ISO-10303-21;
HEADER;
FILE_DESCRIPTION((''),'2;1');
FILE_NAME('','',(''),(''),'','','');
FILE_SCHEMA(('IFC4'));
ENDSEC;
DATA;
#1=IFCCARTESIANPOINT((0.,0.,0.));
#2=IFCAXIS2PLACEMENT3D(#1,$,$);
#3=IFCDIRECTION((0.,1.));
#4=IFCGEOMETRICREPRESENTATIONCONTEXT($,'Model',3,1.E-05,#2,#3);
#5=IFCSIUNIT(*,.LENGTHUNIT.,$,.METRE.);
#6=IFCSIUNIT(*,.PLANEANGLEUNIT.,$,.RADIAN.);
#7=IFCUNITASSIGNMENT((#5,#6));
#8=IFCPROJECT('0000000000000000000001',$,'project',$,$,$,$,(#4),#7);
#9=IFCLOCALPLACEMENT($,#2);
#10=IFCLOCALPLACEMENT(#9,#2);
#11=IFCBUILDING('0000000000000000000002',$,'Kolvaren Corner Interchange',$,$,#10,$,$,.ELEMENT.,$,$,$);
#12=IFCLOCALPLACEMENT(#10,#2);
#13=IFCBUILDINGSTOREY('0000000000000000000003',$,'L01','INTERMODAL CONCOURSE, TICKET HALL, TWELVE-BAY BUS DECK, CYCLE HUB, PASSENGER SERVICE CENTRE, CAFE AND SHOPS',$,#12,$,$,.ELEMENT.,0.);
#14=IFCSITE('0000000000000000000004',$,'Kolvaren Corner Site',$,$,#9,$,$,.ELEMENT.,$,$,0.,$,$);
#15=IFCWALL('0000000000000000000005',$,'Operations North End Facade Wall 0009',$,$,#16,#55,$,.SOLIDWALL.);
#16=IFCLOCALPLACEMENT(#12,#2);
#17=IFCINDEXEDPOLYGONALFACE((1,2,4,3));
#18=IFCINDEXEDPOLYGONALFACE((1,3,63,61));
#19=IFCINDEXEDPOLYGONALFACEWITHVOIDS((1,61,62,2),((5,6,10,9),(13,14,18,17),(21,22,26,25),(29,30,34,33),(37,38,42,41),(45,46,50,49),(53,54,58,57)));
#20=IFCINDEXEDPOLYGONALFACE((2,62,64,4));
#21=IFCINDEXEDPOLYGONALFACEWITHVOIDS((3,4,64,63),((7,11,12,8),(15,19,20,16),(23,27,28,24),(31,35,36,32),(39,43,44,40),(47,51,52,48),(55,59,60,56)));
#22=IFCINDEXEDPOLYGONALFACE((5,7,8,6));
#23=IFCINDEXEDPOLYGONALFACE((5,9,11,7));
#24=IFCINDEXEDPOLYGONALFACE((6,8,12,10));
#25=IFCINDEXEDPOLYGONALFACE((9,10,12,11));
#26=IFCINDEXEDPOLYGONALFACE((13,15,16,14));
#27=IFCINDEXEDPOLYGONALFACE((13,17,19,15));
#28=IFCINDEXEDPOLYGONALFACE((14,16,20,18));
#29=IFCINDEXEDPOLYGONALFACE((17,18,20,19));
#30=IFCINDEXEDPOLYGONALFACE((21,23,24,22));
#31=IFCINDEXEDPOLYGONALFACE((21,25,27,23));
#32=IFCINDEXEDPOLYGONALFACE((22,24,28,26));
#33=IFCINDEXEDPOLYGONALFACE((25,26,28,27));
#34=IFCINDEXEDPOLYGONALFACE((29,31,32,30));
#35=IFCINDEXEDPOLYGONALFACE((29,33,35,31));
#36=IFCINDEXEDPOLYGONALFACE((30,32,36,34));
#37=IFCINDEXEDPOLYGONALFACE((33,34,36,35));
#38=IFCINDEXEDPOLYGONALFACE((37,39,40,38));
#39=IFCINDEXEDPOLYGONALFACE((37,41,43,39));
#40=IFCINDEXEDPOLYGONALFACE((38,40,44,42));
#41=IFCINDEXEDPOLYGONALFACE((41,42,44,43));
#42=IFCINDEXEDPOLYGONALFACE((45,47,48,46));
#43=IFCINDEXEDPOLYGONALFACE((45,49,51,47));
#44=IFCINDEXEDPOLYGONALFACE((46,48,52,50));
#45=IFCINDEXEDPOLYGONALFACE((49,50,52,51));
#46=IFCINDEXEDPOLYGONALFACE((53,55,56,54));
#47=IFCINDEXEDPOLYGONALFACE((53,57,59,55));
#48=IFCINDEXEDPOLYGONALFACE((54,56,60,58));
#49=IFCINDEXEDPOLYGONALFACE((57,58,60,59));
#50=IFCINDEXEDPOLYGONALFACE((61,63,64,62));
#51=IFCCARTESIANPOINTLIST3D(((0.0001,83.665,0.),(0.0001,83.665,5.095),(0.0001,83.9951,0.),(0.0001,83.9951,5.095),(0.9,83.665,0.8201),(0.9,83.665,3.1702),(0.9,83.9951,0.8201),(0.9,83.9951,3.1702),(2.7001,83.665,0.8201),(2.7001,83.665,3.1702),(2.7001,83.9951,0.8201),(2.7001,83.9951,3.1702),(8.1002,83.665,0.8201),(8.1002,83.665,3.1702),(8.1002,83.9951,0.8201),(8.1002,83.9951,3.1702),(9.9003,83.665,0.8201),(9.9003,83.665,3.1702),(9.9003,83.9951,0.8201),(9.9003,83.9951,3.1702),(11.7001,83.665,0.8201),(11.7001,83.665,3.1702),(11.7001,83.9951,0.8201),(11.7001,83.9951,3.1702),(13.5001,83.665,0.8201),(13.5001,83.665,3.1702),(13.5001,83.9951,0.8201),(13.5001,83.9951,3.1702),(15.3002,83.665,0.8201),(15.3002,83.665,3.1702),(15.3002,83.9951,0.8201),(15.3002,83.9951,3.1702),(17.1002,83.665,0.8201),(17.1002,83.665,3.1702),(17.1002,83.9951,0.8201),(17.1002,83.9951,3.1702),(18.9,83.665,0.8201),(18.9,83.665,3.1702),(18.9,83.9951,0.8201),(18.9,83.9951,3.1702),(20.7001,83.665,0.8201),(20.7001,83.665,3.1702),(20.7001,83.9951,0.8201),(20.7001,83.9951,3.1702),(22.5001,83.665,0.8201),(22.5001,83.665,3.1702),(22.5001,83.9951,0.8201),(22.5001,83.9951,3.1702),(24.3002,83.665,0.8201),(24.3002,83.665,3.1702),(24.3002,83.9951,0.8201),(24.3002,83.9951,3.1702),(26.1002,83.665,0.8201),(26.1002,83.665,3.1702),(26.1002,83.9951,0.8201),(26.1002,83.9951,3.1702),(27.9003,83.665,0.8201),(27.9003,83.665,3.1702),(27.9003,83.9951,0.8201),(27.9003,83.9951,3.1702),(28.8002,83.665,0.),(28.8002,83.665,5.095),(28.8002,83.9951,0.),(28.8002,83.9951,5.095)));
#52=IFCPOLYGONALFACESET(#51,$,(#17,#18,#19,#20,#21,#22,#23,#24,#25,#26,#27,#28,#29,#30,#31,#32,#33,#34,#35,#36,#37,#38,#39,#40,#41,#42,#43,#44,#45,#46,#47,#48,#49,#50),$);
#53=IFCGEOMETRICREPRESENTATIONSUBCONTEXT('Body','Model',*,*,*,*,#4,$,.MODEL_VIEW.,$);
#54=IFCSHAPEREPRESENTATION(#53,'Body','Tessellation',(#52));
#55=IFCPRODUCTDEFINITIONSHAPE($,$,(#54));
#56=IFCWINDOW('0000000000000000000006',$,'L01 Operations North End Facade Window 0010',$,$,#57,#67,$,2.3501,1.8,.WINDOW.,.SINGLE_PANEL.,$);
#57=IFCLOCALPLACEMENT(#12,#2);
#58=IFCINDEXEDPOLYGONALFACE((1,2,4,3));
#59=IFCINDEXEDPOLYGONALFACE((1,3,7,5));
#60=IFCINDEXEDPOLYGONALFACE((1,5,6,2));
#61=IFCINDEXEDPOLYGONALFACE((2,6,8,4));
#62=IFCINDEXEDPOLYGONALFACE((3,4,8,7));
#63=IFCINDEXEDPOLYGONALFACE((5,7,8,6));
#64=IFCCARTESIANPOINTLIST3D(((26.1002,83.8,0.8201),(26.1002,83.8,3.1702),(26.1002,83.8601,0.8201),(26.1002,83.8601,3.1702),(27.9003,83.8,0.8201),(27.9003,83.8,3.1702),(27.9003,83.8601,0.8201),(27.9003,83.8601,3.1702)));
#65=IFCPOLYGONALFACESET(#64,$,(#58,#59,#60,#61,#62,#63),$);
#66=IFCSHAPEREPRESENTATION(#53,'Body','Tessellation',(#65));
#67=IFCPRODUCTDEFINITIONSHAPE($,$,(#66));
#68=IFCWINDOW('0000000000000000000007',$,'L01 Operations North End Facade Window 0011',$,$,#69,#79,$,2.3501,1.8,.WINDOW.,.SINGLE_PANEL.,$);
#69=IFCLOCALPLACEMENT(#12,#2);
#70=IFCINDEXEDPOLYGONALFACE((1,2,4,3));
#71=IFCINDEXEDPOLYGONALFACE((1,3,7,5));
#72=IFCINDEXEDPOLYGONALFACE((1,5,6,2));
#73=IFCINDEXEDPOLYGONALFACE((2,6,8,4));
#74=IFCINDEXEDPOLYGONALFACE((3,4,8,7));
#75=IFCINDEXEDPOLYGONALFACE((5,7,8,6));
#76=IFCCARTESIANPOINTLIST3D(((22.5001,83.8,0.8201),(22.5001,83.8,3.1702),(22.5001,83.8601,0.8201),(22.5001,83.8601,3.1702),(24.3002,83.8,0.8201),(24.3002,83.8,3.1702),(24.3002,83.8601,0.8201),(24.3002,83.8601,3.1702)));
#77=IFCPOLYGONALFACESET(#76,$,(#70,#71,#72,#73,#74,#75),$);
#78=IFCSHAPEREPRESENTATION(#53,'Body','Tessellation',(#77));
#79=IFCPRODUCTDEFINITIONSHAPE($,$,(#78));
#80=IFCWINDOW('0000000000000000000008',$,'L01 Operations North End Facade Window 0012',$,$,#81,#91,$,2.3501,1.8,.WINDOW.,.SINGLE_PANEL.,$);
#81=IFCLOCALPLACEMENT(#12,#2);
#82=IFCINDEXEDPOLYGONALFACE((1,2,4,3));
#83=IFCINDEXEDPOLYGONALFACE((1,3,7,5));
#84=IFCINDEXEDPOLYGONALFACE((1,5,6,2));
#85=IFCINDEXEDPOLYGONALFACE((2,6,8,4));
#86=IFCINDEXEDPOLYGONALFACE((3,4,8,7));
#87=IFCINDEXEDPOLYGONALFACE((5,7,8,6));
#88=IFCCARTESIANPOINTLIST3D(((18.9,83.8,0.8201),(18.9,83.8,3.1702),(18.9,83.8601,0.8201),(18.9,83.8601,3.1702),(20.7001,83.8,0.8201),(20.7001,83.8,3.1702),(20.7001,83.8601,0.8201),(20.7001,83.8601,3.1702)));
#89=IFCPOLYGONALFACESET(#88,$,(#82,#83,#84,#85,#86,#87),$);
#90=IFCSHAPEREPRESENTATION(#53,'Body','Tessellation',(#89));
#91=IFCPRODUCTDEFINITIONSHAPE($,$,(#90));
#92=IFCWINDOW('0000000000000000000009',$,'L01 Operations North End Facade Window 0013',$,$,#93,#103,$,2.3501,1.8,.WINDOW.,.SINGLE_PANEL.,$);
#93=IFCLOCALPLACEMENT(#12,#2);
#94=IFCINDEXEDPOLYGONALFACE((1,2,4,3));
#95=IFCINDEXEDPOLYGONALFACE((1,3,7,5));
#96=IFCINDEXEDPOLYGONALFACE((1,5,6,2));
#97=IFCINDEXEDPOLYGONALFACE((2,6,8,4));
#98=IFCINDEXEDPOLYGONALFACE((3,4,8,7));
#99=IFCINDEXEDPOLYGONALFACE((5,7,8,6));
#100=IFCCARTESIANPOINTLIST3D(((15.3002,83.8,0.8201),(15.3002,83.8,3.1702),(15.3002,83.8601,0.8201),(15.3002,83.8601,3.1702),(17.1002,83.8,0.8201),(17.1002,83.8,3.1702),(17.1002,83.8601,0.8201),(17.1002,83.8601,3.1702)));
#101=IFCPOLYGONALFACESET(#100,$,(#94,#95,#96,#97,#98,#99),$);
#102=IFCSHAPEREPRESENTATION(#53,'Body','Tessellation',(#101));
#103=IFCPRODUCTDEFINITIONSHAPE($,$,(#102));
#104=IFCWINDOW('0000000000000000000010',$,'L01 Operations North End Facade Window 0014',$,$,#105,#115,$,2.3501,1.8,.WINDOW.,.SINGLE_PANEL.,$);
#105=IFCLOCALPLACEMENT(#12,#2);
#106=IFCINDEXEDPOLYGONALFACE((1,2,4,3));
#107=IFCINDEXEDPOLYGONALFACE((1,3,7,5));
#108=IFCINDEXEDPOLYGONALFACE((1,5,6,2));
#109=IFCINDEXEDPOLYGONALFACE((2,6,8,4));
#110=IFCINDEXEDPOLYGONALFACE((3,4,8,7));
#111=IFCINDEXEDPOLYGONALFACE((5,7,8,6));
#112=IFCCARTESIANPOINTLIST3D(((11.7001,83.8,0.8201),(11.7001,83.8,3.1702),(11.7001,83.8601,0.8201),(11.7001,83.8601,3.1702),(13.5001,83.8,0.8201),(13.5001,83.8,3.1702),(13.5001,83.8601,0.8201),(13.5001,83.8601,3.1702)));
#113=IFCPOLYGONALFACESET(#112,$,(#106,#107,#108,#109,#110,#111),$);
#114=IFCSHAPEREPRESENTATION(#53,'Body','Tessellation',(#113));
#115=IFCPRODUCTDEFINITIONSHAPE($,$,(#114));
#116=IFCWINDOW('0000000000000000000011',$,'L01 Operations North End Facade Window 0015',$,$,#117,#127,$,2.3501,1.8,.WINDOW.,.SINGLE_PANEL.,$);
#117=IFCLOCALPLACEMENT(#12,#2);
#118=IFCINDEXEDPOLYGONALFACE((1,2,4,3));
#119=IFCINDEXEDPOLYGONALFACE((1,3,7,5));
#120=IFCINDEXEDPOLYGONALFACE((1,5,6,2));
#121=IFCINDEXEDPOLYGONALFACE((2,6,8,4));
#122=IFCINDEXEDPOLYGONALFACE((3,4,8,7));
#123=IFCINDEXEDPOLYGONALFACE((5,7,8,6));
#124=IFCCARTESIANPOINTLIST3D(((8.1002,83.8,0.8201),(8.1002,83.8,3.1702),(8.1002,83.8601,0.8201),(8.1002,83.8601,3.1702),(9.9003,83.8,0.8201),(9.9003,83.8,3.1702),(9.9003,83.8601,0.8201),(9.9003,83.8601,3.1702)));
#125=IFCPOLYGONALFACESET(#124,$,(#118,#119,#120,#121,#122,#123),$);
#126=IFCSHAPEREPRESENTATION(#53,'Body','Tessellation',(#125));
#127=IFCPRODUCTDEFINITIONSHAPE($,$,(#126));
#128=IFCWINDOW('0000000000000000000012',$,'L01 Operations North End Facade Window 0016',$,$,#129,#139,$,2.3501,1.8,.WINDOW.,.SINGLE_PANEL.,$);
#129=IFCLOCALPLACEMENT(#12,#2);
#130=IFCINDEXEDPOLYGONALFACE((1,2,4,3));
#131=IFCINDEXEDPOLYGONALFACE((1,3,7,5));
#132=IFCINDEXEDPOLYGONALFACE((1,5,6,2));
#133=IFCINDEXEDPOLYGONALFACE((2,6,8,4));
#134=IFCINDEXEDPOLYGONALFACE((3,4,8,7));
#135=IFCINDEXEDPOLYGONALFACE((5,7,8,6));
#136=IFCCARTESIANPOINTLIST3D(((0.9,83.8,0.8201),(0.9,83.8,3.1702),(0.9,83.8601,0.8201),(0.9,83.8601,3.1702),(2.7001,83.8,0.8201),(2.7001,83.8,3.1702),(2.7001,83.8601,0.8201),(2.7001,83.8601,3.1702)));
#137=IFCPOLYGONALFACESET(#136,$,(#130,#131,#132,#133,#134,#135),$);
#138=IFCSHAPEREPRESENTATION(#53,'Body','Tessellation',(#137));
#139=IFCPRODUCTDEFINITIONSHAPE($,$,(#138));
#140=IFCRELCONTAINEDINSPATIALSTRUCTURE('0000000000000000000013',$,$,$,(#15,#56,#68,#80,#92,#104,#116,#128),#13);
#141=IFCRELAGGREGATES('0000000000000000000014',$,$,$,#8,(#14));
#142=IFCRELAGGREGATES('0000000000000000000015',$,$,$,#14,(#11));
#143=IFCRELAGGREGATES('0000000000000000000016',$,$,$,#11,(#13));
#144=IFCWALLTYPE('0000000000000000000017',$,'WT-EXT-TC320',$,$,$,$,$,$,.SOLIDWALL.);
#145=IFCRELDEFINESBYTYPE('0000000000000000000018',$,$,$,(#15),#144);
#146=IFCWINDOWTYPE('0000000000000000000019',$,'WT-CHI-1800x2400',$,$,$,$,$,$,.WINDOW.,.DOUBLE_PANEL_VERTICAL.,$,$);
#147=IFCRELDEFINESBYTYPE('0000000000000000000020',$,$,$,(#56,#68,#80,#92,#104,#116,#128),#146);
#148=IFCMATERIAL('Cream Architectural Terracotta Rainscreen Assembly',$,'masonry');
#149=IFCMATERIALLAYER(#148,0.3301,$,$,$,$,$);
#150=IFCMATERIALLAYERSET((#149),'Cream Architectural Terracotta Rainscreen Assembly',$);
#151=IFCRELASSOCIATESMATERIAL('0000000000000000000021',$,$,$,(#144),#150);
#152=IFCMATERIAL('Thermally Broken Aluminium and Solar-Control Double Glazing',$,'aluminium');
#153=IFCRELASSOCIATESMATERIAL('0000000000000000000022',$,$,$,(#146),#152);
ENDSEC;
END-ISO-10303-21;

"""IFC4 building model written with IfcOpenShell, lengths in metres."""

from ifc_helpers import new_model, si_unit, direction, frame, frame_2d, origin, place, context, subcontext, project, spatial, rectangle, extrude, material, layer, layer_set, type_object, element, fill, save


model = new_model("IFC4")

# Units and contexts
model_context = context("Model", 3, precision=1e-05, world=origin(), true_north=direction((0.0, 1.0)))
body_context = subcontext(model_context, "Body", "Model", "MODEL_VIEW")
ifc_project = project(units=[si_unit("LENGTHUNIT", "METRE"), si_unit("PLANEANGLEUNIT", "RADIAN")], contexts=[model_context])

# Site, building, storey
site_placement = place(None, origin())
site = spatial("IfcSite", under=ifc_project, at=site_placement, Name="Kolvaren Corner Site", CompositionType="ELEMENT", RefElevation=0.0)
building_placement = place(site_placement, origin())
building = spatial("IfcBuilding", under=site, at=building_placement, Name="Kolvaren Corner Interchange", CompositionType="ELEMENT")
storey_placement = place(building_placement, origin())
storey = spatial("IfcBuildingStorey", under=building, at=storey_placement, Name="L01", Description="INTERMODAL CONCOURSE, TICKET HALL, TWELVE-BAY BUS DECK, CYCLE HUB, PASSENGER SERVICE CENTRE, CAFE AND SHOPS", CompositionType="ELEMENT", Elevation=0.0)

# Wall, openings, windows
ifc_material_1 = material(Name="Cream Architectural Terracotta Rainscreen Assembly", Category="masonry")
ifc_layer_1 = layer(ifc_material_1, 0.3301)
ifc_layer_set_1 = layer_set([ifc_layer_1], Name="Cream Architectural Terracotta Rainscreen Assembly")
wall_type = type_object("IfcWallType", Name="WT-EXT-TC320", PredefinedType="SOLIDWALL", material=ifc_layer_set_1)
wall_placement = place(storey_placement, frame((28.8, 83.8301, 0.0), z_axis=(0.0, 0.0, 1.0), x_axis=(-1.0, 0.0, 0.0)))
wall = element("IfcWall", 1, at=wall_placement, inside=storey, type_object=wall_type, Name="Operations North End Facade Wall 0009", PredefinedType="SOLIDWALL", context=body_context, shape_type="SweptSolid", body=[
    extrude(rectangle(XDim=28.8, YDim=0.3301, at=frame_2d((14.3999, 0.0))), origin(), (0.0, 0.0, 1.0), 5.095),
])
opening_1_placement = place(wall_placement, frame((0.8999, 0.0, 0.8201)))
opening_1 = element("IfcOpeningElement", 2, at=opening_1_placement, cuts=wall, PredefinedType="OPENING", context=body_context, shape_type="SweptSolid", body=[
    extrude(rectangle(XDim=1.8, YDim=2.3501, at=frame_2d((0.8999, 1.175))), frame((0.0, 0.175, 0.0), z_axis=(0.0, -1.0, 0.0), x_axis=(1.0, 0.0, 0.0)), (0.0, 0.0, 1.0), 0.3501),
])
opening_2_placement = place(wall_placement, frame((4.5, 0.0, 0.8201)))
opening_2 = element("IfcOpeningElement", 3, at=opening_2_placement, cuts=wall, PredefinedType="OPENING", context=body_context, shape_type="SweptSolid", body=[
    extrude(rectangle(XDim=1.8, YDim=2.3501, at=frame_2d((0.8999, 1.175))), frame((0.0, 0.175, 0.0), z_axis=(0.0, -1.0, 0.0), x_axis=(1.0, 0.0, 0.0)), (0.0, 0.0, 1.0), 0.3501),
])
opening_3_placement = place(wall_placement, frame((8.1001, 0.0, 0.8201)))
opening_3 = element("IfcOpeningElement", 4, at=opening_3_placement, cuts=wall, PredefinedType="OPENING", context=body_context, shape_type="SweptSolid", body=[
    extrude(rectangle(XDim=1.8, YDim=2.3501, at=frame_2d((0.8999, 1.175))), frame((0.0, 0.175, 0.0), z_axis=(0.0, -1.0, 0.0), x_axis=(1.0, 0.0, 0.0)), (0.0, 0.0, 1.0), 0.3501),
])
opening_4_placement = place(wall_placement, frame((11.7, 0.0, 0.8201)))
opening_4 = element("IfcOpeningElement", 5, at=opening_4_placement, cuts=wall, PredefinedType="OPENING", context=body_context, shape_type="SweptSolid", body=[
    extrude(rectangle(XDim=1.8, YDim=2.3501, at=frame_2d((0.8999, 1.175))), frame((0.0, 0.175, 0.0), z_axis=(0.0, -1.0, 0.0), x_axis=(1.0, 0.0, 0.0)), (0.0, 0.0, 1.0), 0.3501),
])
opening_5_placement = place(wall_placement, frame((15.3, 0.0, 0.8201)))
opening_5 = element("IfcOpeningElement", 6, at=opening_5_placement, cuts=wall, PredefinedType="OPENING", context=body_context, shape_type="SweptSolid", body=[
    extrude(rectangle(XDim=1.8, YDim=2.3501, at=frame_2d((0.8999, 1.175))), frame((0.0, 0.175, 0.0), z_axis=(0.0, -1.0, 0.0), x_axis=(1.0, 0.0, 0.0)), (0.0, 0.0, 1.0), 0.3501),
])
opening_6_placement = place(wall_placement, frame((18.8999, 0.0, 0.8201)))
opening_6 = element("IfcOpeningElement", 7, at=opening_6_placement, cuts=wall, PredefinedType="OPENING", context=body_context, shape_type="SweptSolid", body=[
    extrude(rectangle(XDim=1.8, YDim=2.3501, at=frame_2d((0.8999, 1.175))), frame((0.0, 0.175, 0.0), z_axis=(0.0, -1.0, 0.0), x_axis=(1.0, 0.0, 0.0)), (0.0, 0.0, 1.0), 0.3501),
])
opening_7_placement = place(wall_placement, frame((26.1001, 0.0, 0.8201)))
opening_7 = element("IfcOpeningElement", 8, at=opening_7_placement, cuts=wall, PredefinedType="OPENING", context=body_context, shape_type="SweptSolid", body=[
    extrude(rectangle(XDim=1.8, YDim=2.3501, at=frame_2d((0.8999, 1.175))), frame((0.0, 0.175, 0.0), z_axis=(0.0, -1.0, 0.0), x_axis=(1.0, 0.0, 0.0)), (0.0, 0.0, 1.0), 0.3501),
])
ifc_material_2 = material(Name="Thermally Broken Aluminium and Solar-Control Double Glazing", Category="aluminium")
window_type = type_object("IfcWindowType", Name="WT-CHI-1800x2400", PartitioningType="DOUBLE_PANEL_VERTICAL", PredefinedType="WINDOW", material=ifc_material_2)
window_1_placement = place(opening_1_placement, origin())
window_1 = element("IfcWindow", 9, at=window_1_placement, inside=storey, type_object=window_type, Name="L01 Operations North End Facade Window 0010", OverallHeight=2.3501, OverallWidth=1.8, PartitioningType="SINGLE_PANEL", PredefinedType="WINDOW", context=body_context, shape_type="SweptSolid", body=[
    extrude(rectangle(XDim=1.8, YDim=2.3501, at=frame_2d((0.8999, 1.175))), frame((0.0, 0.03, 0.0), z_axis=(0.0, -1.0, 0.0), x_axis=(1.0, 0.0, 0.0)), (0.0, 0.0, 1.0), 0.0601),
])
fill(opening_1, window_1)
window_2_placement = place(opening_2_placement, origin())
window_2 = element("IfcWindow", 10, at=window_2_placement, inside=storey, type_object=window_type, Name="L01 Operations North End Facade Window 0011", OverallHeight=2.3501, OverallWidth=1.8, PartitioningType="SINGLE_PANEL", PredefinedType="WINDOW", context=body_context, shape_type="SweptSolid", body=[
    extrude(rectangle(XDim=1.8, YDim=2.3501, at=frame_2d((0.8999, 1.175))), frame((0.0, 0.03, 0.0), z_axis=(0.0, -1.0, 0.0), x_axis=(1.0, 0.0, 0.0)), (0.0, 0.0, 1.0), 0.0601),
])
fill(opening_2, window_2)
window_3_placement = place(opening_3_placement, origin())
window_3 = element("IfcWindow", 11, at=window_3_placement, inside=storey, type_object=window_type, Name="L01 Operations North End Facade Window 0012", OverallHeight=2.3501, OverallWidth=1.8, PartitioningType="SINGLE_PANEL", PredefinedType="WINDOW", context=body_context, shape_type="SweptSolid", body=[
    extrude(rectangle(XDim=1.8, YDim=2.3501, at=frame_2d((0.8999, 1.175))), frame((0.0, 0.03, 0.0), z_axis=(0.0, -1.0, 0.0), x_axis=(1.0, 0.0, 0.0)), (0.0, 0.0, 1.0), 0.0601),
])
fill(opening_3, window_3)
window_4_placement = place(opening_4_placement, origin())
window_4 = element("IfcWindow", 12, at=window_4_placement, inside=storey, type_object=window_type, Name="L01 Operations North End Facade Window 0013", OverallHeight=2.3501, OverallWidth=1.8, PartitioningType="SINGLE_PANEL", PredefinedType="WINDOW", context=body_context, shape_type="SweptSolid", body=[
    extrude(rectangle(XDim=1.8, YDim=2.3501, at=frame_2d((0.8999, 1.175))), frame((0.0, 0.03, 0.0), z_axis=(0.0, -1.0, 0.0), x_axis=(1.0, 0.0, 0.0)), (0.0, 0.0, 1.0), 0.0601),
])
fill(opening_4, window_4)
window_5_placement = place(opening_5_placement, origin())
window_5 = element("IfcWindow", 13, at=window_5_placement, inside=storey, type_object=window_type, Name="L01 Operations North End Facade Window 0014", OverallHeight=2.3501, OverallWidth=1.8, PartitioningType="SINGLE_PANEL", PredefinedType="WINDOW", context=body_context, shape_type="SweptSolid", body=[
    extrude(rectangle(XDim=1.8, YDim=2.3501, at=frame_2d((0.8999, 1.175))), frame((0.0, 0.03, 0.0), z_axis=(0.0, -1.0, 0.0), x_axis=(1.0, 0.0, 0.0)), (0.0, 0.0, 1.0), 0.0601),
])
fill(opening_5, window_5)
window_6_placement = place(opening_6_placement, origin())
window_6 = element("IfcWindow", 14, at=window_6_placement, inside=storey, type_object=window_type, Name="L01 Operations North End Facade Window 0015", OverallHeight=2.3501, OverallWidth=1.8, PartitioningType="SINGLE_PANEL", PredefinedType="WINDOW", context=body_context, shape_type="SweptSolid", body=[
    extrude(rectangle(XDim=1.8, YDim=2.3501, at=frame_2d((0.8999, 1.175))), frame((0.0, 0.03, 0.0), z_axis=(0.0, -1.0, 0.0), x_axis=(1.0, 0.0, 0.0)), (0.0, 0.0, 1.0), 0.0601),
])
fill(opening_6, window_6)
window_7_placement = place(opening_7_placement, origin())
window_7 = element("IfcWindow", 15, at=window_7_placement, inside=storey, type_object=window_type, Name="L01 Operations North End Facade Window 0016", OverallHeight=2.3501, OverallWidth=1.8, PartitioningType="SINGLE_PANEL", PredefinedType="WINDOW", context=body_context, shape_type="SweptSolid", body=[
    extrude(rectangle(XDim=1.8, YDim=2.3501, at=frame_2d((0.8999, 1.175))), frame((0.0, 0.03, 0.0), z_axis=(0.0, -1.0, 0.0), x_axis=(1.0, 0.0, 0.0)), (0.0, 0.0, 1.0), 0.0601),
])
fill(opening_7, window_7)

save(model, "model.ifc")
